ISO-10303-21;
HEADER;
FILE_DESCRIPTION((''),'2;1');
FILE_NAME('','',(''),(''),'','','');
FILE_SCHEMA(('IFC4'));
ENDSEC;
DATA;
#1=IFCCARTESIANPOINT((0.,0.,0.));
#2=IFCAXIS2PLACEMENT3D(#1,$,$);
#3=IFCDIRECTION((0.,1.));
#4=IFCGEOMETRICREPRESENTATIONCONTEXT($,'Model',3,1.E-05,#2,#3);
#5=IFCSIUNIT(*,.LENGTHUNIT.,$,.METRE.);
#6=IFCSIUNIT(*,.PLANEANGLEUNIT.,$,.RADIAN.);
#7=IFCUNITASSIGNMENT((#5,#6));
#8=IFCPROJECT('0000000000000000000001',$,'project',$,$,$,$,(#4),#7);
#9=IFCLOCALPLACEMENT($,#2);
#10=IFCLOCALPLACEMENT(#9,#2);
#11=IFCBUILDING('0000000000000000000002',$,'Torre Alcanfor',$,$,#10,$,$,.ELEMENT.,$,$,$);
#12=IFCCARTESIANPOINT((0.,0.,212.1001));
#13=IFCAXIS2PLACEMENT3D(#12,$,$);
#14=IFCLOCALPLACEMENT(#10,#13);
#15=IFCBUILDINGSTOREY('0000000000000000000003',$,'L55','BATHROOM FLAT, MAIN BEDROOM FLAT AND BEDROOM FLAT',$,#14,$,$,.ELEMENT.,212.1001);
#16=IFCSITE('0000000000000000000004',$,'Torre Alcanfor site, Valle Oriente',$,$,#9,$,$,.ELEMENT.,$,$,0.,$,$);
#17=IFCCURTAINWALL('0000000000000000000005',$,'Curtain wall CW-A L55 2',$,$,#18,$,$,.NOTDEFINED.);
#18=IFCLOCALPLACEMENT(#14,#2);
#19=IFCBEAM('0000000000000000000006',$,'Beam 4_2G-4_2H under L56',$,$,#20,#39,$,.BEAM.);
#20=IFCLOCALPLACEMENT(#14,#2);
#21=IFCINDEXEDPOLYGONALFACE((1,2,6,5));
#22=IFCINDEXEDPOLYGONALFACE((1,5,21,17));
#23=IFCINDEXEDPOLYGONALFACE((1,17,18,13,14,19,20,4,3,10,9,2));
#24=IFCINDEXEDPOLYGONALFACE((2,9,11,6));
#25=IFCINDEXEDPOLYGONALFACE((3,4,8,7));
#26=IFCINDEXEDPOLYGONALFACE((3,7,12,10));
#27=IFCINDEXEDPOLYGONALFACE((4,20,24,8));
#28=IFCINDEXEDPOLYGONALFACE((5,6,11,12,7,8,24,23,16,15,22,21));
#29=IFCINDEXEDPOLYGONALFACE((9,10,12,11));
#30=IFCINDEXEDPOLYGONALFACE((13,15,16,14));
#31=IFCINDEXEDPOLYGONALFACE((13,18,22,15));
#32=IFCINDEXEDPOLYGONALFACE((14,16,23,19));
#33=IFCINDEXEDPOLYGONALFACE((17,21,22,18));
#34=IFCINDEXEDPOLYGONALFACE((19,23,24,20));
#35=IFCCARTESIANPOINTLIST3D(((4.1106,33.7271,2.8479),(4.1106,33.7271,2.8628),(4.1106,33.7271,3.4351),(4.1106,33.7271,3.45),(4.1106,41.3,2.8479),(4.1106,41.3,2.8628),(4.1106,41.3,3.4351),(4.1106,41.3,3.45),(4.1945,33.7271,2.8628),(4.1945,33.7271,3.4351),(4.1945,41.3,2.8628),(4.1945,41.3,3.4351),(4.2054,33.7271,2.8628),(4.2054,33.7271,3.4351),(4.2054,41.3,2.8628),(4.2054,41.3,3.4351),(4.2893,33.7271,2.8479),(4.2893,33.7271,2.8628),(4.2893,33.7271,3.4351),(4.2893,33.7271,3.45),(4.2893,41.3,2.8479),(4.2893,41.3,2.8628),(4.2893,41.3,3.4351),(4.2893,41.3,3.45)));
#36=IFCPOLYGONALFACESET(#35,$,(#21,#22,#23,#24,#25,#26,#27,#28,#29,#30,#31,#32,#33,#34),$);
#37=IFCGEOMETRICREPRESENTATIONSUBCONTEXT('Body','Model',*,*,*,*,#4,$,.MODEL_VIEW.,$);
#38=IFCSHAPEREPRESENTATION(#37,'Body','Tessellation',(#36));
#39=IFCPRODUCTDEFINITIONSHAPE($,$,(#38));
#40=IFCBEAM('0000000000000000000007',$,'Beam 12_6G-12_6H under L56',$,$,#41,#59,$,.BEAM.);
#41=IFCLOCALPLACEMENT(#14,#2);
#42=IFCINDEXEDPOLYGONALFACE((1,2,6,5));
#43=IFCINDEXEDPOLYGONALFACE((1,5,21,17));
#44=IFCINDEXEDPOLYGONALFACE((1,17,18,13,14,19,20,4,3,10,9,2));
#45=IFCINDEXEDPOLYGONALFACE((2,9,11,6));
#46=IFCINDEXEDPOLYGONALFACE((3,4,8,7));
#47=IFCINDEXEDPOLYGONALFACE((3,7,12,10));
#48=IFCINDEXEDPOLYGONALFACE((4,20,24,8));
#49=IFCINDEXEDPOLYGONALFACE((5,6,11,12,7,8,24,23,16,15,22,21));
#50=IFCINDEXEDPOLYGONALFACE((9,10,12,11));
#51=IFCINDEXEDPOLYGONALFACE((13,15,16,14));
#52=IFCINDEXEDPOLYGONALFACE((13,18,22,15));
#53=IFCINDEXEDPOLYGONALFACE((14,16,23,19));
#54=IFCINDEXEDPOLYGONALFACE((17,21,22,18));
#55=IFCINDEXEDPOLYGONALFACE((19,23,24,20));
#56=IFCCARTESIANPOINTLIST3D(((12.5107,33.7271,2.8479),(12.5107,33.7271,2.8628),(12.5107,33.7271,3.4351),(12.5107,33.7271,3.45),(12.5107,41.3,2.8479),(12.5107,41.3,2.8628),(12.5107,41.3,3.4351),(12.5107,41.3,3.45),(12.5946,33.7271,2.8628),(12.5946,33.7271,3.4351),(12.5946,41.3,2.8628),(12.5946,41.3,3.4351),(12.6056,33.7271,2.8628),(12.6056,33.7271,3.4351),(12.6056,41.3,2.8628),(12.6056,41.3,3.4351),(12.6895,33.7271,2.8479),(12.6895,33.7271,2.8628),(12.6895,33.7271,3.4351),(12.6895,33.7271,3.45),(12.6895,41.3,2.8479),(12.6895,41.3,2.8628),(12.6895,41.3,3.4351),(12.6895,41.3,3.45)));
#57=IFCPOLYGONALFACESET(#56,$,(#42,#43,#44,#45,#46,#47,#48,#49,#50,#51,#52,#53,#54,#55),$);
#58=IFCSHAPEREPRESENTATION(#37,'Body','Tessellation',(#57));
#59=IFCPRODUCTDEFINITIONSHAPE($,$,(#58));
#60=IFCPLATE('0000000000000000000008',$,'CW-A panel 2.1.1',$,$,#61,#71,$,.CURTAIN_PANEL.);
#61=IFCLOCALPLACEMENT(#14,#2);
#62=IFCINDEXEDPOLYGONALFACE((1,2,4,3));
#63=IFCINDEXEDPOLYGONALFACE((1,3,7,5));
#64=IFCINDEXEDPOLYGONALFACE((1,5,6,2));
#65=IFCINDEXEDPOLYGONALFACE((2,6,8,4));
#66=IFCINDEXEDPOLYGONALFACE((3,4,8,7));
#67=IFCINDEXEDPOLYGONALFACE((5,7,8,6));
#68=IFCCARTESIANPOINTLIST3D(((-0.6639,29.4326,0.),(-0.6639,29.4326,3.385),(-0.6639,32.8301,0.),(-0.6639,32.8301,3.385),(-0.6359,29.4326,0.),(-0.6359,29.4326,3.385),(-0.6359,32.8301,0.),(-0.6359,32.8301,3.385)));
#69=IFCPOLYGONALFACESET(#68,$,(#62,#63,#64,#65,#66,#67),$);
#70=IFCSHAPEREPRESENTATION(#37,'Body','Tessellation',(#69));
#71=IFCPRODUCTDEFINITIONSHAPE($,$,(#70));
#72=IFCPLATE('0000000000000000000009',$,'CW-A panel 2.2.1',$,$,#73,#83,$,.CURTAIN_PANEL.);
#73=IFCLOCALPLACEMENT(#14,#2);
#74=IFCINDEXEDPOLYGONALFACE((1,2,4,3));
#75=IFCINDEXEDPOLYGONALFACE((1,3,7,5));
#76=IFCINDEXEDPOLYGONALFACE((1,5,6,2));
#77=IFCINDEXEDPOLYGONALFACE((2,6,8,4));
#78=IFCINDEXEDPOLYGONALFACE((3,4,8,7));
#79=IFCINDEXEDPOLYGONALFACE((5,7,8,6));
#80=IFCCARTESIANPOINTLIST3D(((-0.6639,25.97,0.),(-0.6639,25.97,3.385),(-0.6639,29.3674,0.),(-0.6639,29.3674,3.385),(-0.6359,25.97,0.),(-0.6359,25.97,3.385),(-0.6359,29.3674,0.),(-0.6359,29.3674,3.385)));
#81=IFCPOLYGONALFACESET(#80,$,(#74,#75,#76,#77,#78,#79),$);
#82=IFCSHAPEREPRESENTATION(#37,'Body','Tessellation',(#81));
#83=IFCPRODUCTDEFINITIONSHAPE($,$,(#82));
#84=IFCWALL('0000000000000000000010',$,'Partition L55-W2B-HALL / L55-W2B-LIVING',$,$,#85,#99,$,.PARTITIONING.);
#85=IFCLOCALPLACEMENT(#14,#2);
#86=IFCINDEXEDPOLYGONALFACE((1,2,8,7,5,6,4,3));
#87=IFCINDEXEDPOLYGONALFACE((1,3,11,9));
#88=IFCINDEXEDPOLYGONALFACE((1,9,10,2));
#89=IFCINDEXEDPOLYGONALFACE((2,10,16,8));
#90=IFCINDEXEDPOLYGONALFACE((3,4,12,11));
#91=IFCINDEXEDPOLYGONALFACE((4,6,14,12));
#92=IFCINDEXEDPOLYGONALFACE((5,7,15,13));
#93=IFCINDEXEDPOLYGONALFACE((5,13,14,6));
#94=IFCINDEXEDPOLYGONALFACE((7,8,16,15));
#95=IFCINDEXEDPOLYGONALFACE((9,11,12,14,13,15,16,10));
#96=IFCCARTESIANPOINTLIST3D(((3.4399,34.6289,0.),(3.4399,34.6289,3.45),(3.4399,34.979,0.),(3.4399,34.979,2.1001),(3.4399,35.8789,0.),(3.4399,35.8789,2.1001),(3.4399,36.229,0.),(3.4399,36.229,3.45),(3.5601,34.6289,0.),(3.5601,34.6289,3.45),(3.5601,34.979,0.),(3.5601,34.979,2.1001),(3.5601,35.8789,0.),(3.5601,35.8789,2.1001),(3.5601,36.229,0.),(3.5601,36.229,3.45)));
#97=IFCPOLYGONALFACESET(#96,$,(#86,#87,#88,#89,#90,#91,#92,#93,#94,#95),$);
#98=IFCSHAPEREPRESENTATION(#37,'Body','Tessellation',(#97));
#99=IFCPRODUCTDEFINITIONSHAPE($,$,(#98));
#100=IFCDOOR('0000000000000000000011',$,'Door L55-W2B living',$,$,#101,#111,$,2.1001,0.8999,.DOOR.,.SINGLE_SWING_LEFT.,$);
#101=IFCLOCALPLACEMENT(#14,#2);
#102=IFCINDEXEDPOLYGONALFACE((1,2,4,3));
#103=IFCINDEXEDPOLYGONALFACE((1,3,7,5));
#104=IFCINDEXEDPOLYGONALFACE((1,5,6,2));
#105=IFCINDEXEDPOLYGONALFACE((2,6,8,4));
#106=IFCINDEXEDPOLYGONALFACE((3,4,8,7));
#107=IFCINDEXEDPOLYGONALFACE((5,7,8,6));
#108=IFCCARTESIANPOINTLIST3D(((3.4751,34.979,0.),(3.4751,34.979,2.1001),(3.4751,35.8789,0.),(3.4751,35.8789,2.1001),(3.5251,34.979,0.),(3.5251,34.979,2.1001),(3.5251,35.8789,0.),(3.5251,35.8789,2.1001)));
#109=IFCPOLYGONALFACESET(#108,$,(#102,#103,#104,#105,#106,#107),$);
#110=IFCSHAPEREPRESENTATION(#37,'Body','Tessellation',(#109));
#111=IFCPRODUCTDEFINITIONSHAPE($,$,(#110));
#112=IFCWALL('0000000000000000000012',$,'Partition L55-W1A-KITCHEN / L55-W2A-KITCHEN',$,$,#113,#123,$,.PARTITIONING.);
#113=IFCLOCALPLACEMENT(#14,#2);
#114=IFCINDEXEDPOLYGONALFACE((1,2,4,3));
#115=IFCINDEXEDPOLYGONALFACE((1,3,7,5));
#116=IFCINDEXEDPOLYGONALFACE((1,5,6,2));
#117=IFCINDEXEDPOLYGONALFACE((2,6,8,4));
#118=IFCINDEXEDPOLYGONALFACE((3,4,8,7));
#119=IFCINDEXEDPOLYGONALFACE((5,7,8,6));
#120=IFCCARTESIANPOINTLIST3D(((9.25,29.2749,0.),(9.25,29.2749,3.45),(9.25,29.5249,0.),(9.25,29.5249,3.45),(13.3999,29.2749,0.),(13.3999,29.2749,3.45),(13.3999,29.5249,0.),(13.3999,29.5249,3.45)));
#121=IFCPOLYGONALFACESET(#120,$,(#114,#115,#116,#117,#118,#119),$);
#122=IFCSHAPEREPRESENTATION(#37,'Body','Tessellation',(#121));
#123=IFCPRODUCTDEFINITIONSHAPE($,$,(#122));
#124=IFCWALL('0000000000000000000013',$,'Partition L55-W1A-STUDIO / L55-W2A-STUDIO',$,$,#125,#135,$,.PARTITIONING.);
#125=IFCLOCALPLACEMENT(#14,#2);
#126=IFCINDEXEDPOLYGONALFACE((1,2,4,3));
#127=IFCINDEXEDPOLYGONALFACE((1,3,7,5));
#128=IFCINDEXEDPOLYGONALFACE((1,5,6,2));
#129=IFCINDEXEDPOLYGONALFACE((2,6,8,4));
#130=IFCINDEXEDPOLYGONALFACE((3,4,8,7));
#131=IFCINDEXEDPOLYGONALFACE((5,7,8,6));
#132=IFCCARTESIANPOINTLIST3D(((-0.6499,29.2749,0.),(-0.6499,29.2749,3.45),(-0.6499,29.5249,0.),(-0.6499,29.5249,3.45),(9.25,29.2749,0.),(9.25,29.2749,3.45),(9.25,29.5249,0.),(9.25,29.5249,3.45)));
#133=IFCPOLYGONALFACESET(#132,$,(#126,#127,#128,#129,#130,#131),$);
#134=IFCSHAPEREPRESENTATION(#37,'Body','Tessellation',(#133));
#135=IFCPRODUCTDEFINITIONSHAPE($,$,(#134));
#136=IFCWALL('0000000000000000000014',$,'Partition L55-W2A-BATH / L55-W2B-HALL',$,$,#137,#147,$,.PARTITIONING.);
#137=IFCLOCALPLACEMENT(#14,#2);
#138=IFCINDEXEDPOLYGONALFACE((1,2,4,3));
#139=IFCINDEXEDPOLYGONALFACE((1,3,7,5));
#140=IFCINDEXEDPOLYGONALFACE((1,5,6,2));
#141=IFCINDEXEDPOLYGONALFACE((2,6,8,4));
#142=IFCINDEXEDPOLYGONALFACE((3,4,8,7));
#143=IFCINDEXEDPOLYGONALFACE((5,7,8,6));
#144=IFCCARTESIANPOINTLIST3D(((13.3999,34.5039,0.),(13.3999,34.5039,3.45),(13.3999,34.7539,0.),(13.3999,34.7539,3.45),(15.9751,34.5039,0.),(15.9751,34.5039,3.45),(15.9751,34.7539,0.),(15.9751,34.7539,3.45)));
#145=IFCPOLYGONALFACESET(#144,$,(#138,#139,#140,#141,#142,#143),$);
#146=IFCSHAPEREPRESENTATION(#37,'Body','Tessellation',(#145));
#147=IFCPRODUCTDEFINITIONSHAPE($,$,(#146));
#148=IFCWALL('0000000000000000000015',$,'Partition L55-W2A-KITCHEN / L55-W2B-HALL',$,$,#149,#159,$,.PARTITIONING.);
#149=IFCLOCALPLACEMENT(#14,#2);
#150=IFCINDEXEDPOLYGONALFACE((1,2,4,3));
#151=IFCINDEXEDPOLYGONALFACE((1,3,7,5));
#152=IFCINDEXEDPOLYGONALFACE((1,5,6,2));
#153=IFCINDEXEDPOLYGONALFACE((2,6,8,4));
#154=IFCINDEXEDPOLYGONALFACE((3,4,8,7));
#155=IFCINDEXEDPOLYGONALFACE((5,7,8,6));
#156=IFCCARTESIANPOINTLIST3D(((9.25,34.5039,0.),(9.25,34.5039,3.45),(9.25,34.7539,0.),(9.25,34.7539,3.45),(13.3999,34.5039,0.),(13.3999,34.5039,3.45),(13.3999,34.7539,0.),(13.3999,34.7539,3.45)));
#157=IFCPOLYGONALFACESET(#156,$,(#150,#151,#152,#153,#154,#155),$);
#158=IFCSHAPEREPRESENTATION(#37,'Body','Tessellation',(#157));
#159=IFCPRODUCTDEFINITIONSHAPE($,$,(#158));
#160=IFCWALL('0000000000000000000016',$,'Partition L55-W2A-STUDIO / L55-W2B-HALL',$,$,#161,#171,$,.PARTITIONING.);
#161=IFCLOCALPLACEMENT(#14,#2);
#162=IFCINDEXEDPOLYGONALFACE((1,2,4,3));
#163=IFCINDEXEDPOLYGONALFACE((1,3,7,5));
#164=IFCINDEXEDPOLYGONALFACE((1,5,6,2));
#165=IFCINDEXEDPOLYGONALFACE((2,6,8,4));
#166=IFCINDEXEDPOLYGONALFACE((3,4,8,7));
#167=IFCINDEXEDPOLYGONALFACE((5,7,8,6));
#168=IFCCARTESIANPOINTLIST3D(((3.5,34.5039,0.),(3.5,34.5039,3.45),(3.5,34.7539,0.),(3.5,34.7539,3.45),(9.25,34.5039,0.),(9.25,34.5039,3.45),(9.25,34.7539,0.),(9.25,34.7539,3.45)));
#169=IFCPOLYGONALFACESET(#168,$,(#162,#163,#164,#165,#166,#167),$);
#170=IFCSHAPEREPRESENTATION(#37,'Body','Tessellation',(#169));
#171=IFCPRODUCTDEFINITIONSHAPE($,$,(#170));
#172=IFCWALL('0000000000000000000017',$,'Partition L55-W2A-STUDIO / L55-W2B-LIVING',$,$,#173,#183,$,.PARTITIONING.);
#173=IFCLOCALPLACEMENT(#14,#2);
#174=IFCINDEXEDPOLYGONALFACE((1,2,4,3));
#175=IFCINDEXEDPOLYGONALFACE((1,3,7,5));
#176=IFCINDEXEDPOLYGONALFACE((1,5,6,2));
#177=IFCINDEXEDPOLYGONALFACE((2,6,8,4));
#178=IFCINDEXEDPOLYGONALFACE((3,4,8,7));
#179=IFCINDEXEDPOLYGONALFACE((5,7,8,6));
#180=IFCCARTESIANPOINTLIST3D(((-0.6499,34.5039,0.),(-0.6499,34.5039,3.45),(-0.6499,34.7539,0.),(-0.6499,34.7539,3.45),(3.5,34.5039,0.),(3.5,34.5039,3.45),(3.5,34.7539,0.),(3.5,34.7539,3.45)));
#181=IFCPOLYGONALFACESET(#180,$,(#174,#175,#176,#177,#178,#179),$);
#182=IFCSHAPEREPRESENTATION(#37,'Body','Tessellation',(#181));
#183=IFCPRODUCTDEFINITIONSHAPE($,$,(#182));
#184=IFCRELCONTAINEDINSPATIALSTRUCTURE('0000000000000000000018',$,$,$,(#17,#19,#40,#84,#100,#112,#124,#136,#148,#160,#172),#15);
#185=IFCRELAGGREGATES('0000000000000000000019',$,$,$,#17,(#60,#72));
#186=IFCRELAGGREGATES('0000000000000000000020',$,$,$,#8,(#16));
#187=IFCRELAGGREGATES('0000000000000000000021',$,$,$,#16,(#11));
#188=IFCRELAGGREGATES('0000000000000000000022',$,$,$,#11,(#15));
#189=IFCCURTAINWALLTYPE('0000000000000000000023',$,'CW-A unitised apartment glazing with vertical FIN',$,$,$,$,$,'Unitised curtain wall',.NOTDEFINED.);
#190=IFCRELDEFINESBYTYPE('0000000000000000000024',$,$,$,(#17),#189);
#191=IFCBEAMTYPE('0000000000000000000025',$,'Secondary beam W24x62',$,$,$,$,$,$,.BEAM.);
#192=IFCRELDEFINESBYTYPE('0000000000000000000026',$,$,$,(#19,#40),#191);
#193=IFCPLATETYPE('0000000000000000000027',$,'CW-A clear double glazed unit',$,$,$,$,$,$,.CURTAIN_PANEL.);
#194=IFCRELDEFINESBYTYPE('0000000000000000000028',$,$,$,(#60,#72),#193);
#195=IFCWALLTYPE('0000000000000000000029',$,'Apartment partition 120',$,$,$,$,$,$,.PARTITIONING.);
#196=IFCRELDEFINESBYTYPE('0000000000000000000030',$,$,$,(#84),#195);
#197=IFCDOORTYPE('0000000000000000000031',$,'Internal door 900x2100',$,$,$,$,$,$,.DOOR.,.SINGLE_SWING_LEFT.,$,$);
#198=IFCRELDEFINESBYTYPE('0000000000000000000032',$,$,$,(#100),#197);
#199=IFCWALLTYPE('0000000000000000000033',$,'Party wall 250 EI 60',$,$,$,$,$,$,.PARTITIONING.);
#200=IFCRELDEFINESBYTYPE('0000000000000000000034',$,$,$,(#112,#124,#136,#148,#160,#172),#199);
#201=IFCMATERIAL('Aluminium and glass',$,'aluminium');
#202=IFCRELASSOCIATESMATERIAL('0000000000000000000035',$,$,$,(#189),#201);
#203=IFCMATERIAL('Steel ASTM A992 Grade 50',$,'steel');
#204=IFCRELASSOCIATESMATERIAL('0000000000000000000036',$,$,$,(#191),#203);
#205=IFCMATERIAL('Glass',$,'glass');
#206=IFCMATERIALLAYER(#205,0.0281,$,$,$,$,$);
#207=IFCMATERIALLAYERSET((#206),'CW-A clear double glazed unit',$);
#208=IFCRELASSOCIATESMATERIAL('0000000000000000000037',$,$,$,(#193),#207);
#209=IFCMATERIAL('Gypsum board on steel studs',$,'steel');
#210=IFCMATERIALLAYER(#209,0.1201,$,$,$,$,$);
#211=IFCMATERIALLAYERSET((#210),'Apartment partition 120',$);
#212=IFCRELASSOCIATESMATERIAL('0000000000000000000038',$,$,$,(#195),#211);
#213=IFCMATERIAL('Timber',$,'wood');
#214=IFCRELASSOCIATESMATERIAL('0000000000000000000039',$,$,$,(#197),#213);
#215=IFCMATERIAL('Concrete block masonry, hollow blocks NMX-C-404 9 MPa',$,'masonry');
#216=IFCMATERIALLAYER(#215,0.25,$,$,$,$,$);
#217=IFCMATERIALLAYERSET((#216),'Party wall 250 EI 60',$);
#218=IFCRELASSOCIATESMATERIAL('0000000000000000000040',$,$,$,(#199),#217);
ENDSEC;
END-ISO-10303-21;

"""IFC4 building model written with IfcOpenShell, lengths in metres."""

from ifc_helpers import new_model, si_unit, direction, frame, frame_2d, origin, origin_2d, place, context, subcontext, project, spatial, rectangle, i_section, extrude, material, layer, layer_set, material_profile, profile_set, type_object, element, fill, aggregate, save


model = new_model("IFC4")

# Units and contexts
model_context = context("Model", 3, precision=1e-05, world=origin(), true_north=direction((0.0, 1.0)))
body_context = subcontext(model_context, "Body", "Model", "MODEL_VIEW")
ifc_project = project(units=[si_unit("LENGTHUNIT", "METRE"), si_unit("PLANEANGLEUNIT", "RADIAN")], contexts=[model_context])

# Site, building, storey
site_placement = place(None, origin())
site = spatial("IfcSite", under=ifc_project, at=site_placement, Name="Torre Alcanfor site, Valle Oriente", CompositionType="ELEMENT", RefElevation=0.0)
building_placement = place(site_placement, origin())
building = spatial("IfcBuilding", under=site, at=building_placement, Name="Torre Alcanfor", CompositionType="ELEMENT")
storey_placement = place(building_placement, frame((0.0, 0.0, 212.1001)))
storey = spatial("IfcBuildingStorey", under=building, at=storey_placement, Name="L55", Description="BATHROOM FLAT, MAIN BEDROOM FLAT AND BEDROOM FLAT", CompositionType="ELEMENT", Elevation=212.1001)

# Curtain wall
ifc_material_1 = material(Name="Aluminium and glass", Category="aluminium")
curtain_wall_type = type_object("IfcCurtainWallType", Name="CW-A unitised apartment glazing with vertical FIN", ElementType="Unitised curtain wall", PredefinedType="NOTDEFINED", material=ifc_material_1)
curtain_wall_placement = place(storey_placement, origin())
curtain_wall = element("IfcCurtainWall", 1, at=curtain_wall_placement, inside=storey, type_object=curtain_wall_type, Name="Curtain wall CW-A L55 2", PredefinedType="NOTDEFINED")

# Beams
ifc_material_2 = material(Name="Steel ASTM A992 Grade 50", Category="steel")
ifc_material_profile_1 = material_profile(ifc_material_2, i_section(OverallWidth=0.1787, OverallDepth=0.6021, WebThickness=0.011, FlangeThickness=0.0149, at=origin_2d()), Name="W24x62")
ifc_profile_set_1 = profile_set([ifc_material_profile_1], Name="Steel ASTM A992 Grade 50")
beam_type_1 = type_object("IfcBeamType", Name="Secondary beam W24x62", PredefinedType="BEAM", material=ifc_profile_set_1)
for number, where, z_axis, x_axis, name in (
    (2, (4.2, 33.7271, 3.1489), (0.0, 1.0, 0.0), (-1.0, 0.0, 0.0), "Beam 4_2G-4_2H under L56"),
    (3, (12.6001, 33.7271, 3.1489), (0.0, 1.0, 0.0), (-1.0, 0.0, 0.0), "Beam 12_6G-12_6H under L56"),
):
    element("IfcBeam", number, at=place(storey_placement, frame(where, z_axis=z_axis, x_axis=x_axis)), inside=storey, type_object=beam_type_1, Name=name, PredefinedType="BEAM", context=body_context, shape_type="SweptSolid", body=[
        extrude(i_section(OverallWidth=0.1787, OverallDepth=0.6021, WebThickness=0.011, FlangeThickness=0.0149, at=origin_2d()), origin(), (0.0, 0.0, 1.0), 7.573),
    ])

# Plates
ifc_material_3 = material(Name="Glass", Category="glass")
ifc_layer_1 = layer(ifc_material_3, 0.0281)
ifc_layer_set_1 = layer_set([ifc_layer_1], Name="CW-A clear double glazed unit")
plate_type = type_object("IfcPlateType", Name="CW-A clear double glazed unit", PredefinedType="CURTAIN_PANEL", material=ifc_layer_set_1)
plate_1_placement = place(storey_placement, frame((-0.6499, 31.1313, 0.0), z_axis=(0.0, 0.0, 1.0), x_axis=(0.0, -1.0, 0.0)))
plate_1 = element("IfcPlate", 4, at=plate_1_placement, type_object=plate_type, Name="CW-A panel 2.1.1", PredefinedType="CURTAIN_PANEL", context=body_context, shape_type="SweptSolid", body=[
    extrude(rectangle(XDim=3.3975, YDim=0.0281, at=origin_2d()), origin(), (0.0, 0.0, 1.0), 3.385),
])
plate_2_placement = place(storey_placement, frame((-0.6499, 27.6687, 0.0), z_axis=(0.0, 0.0, 1.0), x_axis=(0.0, -1.0, 0.0)))
plate_2 = element("IfcPlate", 5, at=plate_2_placement, type_object=plate_type, Name="CW-A panel 2.2.1", PredefinedType="CURTAIN_PANEL", context=body_context, shape_type="SweptSolid", body=[
    extrude(rectangle(XDim=3.3975, YDim=0.0281, at=origin_2d()), origin(), (0.0, 0.0, 1.0), 3.385),
])
aggregate(curtain_wall, [plate_1, plate_2])

# Wall, opening, door
ifc_material_4 = material(Name="Gypsum board on steel studs", Category="steel")
ifc_layer_2 = layer(ifc_material_4, 0.1201)
ifc_layer_set_2 = layer_set([ifc_layer_2], Name="Apartment partition 120")
wall_type_1 = type_object("IfcWallType", Name="Apartment partition 120", PredefinedType="PARTITIONING", material=ifc_layer_set_2)
wall_1_placement = place(storey_placement, frame((3.5, 34.6289, 0.0), z_axis=(0.0, 0.0, 1.0), x_axis=(0.0, 1.0, 0.0)))
wall_1 = element("IfcWall", 6, at=wall_1_placement, inside=storey, type_object=wall_type_1, Name="Partition L55-W2B-HALL / L55-W2B-LIVING", PredefinedType="PARTITIONING", context=body_context, shape_type="SweptSolid", body=[
    extrude(rectangle(XDim=1.6001, YDim=0.1201, at=frame_2d((0.8, 0.0))), origin(), (0.0, 0.0, 1.0), 3.45),
])
opening_1_placement = place(wall_1_placement, frame((0.3501, 0.0, 0.0)))
opening_1 = element("IfcOpeningElement", 7, at=opening_1_placement, cuts=wall_1, PredefinedType="OPENING", context=body_context, shape_type="SweptSolid", body=[
    extrude(rectangle(XDim=0.8999, YDim=2.1001, at=frame_2d((0.45, 1.05))), frame((0.0, 0.0701, 0.0), z_axis=(0.0, -1.0, 0.0), x_axis=(1.0, 0.0, 0.0)), (0.0, 0.0, 1.0), 0.1401),
])
ifc_material_5 = material(Name="Timber", Category="wood")
door_type_1 = type_object("IfcDoorType", Name="Internal door 900x2100", OperationType="SINGLE_SWING_LEFT", PredefinedType="DOOR", material=ifc_material_5)
door_1_placement = place(opening_1_placement, origin())
door_1 = element("IfcDoor", 8, at=door_1_placement, inside=storey, type_object=door_type_1, Name="Door L55-W2B living", OperationType="SINGLE_SWING_LEFT", OverallHeight=2.1001, OverallWidth=0.8999, PredefinedType="DOOR", context=body_context, shape_type="SweptSolid", body=[
    extrude(rectangle(XDim=0.8999, YDim=2.1001, at=frame_2d((0.45, 1.05))), frame((0.0, 0.0249, 0.0), z_axis=(0.0, -1.0, 0.0), x_axis=(1.0, 0.0, 0.0)), (0.0, 0.0, 1.0), 0.05),
])
fill(opening_1, door_1)

# Walls
ifc_material_6 = material(Name="Concrete block masonry, hollow blocks NMX-C-404 9 MPa", Category="masonry")
ifc_layer_3 = layer(ifc_material_6, 0.25)
ifc_layer_set_3 = layer_set([ifc_layer_3], Name="Party wall 250 EI 60")
wall_type_2 = type_object("IfcWallType", Name="Party wall 250 EI 60", PredefinedType="PARTITIONING", material=ifc_layer_set_3)
wall_2_placement = place(storey_placement, frame((13.3999, 29.3999, 0.0), z_axis=(0.0, 0.0, 1.0), x_axis=(-1.0, 0.0, 0.0)))
element("IfcWall", 9, at=wall_2_placement, inside=storey, type_object=wall_type_2, Name="Partition L55-W1A-KITCHEN / L55-W2A-KITCHEN", PredefinedType="PARTITIONING", context=body_context, shape_type="SweptSolid", body=[
    extrude(rectangle(XDim=4.1499, YDim=0.25, at=frame_2d((2.075, 0.0))), origin(), (0.0, 0.0, 1.0), 3.45),
])
wall_3_placement = place(storey_placement, frame((9.25, 29.3999, 0.0), z_axis=(0.0, 0.0, 1.0), x_axis=(-1.0, 0.0, 0.0)))
element("IfcWall", 10, at=wall_3_placement, inside=storey, type_object=wall_type_2, Name="Partition L55-W1A-STUDIO / L55-W2A-STUDIO", PredefinedType="PARTITIONING", context=body_context, shape_type="SweptSolid", body=[
    extrude(rectangle(XDim=9.8999, YDim=0.25, at=frame_2d((4.95, 0.0))), origin(), (0.0, 0.0, 1.0), 3.45),
])
wall_4_placement = place(storey_placement, frame((13.3999, 34.6289, 0.0), z_axis=(0.0, 0.0, 1.0), x_axis=(1.0, 0.0, 0.0)))
element("IfcWall", 11, at=wall_4_placement, inside=storey, type_object=wall_type_2, Name="Partition L55-W2A-BATH / L55-W2B-HALL", PredefinedType="PARTITIONING", context=body_context, shape_type="SweptSolid", body=[
    extrude(rectangle(XDim=2.5752, YDim=0.25, at=frame_2d((1.2876, 0.0))), origin(), (0.0, 0.0, 1.0), 3.45),
])
wall_5_placement = place(storey_placement, frame((9.25, 34.6289, 0.0), z_axis=(0.0, 0.0, 1.0), x_axis=(1.0, 0.0, 0.0)))
element("IfcWall", 12, at=wall_5_placement, inside=storey, type_object=wall_type_2, Name="Partition L55-W2A-KITCHEN / L55-W2B-HALL", PredefinedType="PARTITIONING", context=body_context, shape_type="SweptSolid", body=[
    extrude(rectangle(XDim=4.1499, YDim=0.25, at=frame_2d((2.075, 0.0))), origin(), (0.0, 0.0, 1.0), 3.45),
])
wall_6_placement = place(storey_placement, frame((3.5, 34.6289, 0.0), z_axis=(0.0, 0.0, 1.0), x_axis=(1.0, 0.0, 0.0)))
element("IfcWall", 13, at=wall_6_placement, inside=storey, type_object=wall_type_2, Name="Partition L55-W2A-STUDIO / L55-W2B-HALL", PredefinedType="PARTITIONING", context=body_context, shape_type="SweptSolid", body=[
    extrude(rectangle(XDim=5.75, YDim=0.25, at=frame_2d((2.875, 0.0))), origin(), (0.0, 0.0, 1.0), 3.45),
])
wall_7_placement = place(storey_placement, frame((-0.6499, 34.6289, 0.0), z_axis=(0.0, 0.0, 1.0), x_axis=(1.0, 0.0, 0.0)))
element("IfcWall", 14, at=wall_7_placement, inside=storey, type_object=wall_type_2, Name="Partition L55-W2A-STUDIO / L55-W2B-LIVING", PredefinedType="PARTITIONING", context=body_context, shape_type="SweptSolid", body=[
    extrude(rectangle(XDim=4.1499, YDim=0.25, at=frame_2d((2.075, 0.0))), origin(), (0.0, 0.0, 1.0), 3.45),
])

save(model, "model.ifc")
